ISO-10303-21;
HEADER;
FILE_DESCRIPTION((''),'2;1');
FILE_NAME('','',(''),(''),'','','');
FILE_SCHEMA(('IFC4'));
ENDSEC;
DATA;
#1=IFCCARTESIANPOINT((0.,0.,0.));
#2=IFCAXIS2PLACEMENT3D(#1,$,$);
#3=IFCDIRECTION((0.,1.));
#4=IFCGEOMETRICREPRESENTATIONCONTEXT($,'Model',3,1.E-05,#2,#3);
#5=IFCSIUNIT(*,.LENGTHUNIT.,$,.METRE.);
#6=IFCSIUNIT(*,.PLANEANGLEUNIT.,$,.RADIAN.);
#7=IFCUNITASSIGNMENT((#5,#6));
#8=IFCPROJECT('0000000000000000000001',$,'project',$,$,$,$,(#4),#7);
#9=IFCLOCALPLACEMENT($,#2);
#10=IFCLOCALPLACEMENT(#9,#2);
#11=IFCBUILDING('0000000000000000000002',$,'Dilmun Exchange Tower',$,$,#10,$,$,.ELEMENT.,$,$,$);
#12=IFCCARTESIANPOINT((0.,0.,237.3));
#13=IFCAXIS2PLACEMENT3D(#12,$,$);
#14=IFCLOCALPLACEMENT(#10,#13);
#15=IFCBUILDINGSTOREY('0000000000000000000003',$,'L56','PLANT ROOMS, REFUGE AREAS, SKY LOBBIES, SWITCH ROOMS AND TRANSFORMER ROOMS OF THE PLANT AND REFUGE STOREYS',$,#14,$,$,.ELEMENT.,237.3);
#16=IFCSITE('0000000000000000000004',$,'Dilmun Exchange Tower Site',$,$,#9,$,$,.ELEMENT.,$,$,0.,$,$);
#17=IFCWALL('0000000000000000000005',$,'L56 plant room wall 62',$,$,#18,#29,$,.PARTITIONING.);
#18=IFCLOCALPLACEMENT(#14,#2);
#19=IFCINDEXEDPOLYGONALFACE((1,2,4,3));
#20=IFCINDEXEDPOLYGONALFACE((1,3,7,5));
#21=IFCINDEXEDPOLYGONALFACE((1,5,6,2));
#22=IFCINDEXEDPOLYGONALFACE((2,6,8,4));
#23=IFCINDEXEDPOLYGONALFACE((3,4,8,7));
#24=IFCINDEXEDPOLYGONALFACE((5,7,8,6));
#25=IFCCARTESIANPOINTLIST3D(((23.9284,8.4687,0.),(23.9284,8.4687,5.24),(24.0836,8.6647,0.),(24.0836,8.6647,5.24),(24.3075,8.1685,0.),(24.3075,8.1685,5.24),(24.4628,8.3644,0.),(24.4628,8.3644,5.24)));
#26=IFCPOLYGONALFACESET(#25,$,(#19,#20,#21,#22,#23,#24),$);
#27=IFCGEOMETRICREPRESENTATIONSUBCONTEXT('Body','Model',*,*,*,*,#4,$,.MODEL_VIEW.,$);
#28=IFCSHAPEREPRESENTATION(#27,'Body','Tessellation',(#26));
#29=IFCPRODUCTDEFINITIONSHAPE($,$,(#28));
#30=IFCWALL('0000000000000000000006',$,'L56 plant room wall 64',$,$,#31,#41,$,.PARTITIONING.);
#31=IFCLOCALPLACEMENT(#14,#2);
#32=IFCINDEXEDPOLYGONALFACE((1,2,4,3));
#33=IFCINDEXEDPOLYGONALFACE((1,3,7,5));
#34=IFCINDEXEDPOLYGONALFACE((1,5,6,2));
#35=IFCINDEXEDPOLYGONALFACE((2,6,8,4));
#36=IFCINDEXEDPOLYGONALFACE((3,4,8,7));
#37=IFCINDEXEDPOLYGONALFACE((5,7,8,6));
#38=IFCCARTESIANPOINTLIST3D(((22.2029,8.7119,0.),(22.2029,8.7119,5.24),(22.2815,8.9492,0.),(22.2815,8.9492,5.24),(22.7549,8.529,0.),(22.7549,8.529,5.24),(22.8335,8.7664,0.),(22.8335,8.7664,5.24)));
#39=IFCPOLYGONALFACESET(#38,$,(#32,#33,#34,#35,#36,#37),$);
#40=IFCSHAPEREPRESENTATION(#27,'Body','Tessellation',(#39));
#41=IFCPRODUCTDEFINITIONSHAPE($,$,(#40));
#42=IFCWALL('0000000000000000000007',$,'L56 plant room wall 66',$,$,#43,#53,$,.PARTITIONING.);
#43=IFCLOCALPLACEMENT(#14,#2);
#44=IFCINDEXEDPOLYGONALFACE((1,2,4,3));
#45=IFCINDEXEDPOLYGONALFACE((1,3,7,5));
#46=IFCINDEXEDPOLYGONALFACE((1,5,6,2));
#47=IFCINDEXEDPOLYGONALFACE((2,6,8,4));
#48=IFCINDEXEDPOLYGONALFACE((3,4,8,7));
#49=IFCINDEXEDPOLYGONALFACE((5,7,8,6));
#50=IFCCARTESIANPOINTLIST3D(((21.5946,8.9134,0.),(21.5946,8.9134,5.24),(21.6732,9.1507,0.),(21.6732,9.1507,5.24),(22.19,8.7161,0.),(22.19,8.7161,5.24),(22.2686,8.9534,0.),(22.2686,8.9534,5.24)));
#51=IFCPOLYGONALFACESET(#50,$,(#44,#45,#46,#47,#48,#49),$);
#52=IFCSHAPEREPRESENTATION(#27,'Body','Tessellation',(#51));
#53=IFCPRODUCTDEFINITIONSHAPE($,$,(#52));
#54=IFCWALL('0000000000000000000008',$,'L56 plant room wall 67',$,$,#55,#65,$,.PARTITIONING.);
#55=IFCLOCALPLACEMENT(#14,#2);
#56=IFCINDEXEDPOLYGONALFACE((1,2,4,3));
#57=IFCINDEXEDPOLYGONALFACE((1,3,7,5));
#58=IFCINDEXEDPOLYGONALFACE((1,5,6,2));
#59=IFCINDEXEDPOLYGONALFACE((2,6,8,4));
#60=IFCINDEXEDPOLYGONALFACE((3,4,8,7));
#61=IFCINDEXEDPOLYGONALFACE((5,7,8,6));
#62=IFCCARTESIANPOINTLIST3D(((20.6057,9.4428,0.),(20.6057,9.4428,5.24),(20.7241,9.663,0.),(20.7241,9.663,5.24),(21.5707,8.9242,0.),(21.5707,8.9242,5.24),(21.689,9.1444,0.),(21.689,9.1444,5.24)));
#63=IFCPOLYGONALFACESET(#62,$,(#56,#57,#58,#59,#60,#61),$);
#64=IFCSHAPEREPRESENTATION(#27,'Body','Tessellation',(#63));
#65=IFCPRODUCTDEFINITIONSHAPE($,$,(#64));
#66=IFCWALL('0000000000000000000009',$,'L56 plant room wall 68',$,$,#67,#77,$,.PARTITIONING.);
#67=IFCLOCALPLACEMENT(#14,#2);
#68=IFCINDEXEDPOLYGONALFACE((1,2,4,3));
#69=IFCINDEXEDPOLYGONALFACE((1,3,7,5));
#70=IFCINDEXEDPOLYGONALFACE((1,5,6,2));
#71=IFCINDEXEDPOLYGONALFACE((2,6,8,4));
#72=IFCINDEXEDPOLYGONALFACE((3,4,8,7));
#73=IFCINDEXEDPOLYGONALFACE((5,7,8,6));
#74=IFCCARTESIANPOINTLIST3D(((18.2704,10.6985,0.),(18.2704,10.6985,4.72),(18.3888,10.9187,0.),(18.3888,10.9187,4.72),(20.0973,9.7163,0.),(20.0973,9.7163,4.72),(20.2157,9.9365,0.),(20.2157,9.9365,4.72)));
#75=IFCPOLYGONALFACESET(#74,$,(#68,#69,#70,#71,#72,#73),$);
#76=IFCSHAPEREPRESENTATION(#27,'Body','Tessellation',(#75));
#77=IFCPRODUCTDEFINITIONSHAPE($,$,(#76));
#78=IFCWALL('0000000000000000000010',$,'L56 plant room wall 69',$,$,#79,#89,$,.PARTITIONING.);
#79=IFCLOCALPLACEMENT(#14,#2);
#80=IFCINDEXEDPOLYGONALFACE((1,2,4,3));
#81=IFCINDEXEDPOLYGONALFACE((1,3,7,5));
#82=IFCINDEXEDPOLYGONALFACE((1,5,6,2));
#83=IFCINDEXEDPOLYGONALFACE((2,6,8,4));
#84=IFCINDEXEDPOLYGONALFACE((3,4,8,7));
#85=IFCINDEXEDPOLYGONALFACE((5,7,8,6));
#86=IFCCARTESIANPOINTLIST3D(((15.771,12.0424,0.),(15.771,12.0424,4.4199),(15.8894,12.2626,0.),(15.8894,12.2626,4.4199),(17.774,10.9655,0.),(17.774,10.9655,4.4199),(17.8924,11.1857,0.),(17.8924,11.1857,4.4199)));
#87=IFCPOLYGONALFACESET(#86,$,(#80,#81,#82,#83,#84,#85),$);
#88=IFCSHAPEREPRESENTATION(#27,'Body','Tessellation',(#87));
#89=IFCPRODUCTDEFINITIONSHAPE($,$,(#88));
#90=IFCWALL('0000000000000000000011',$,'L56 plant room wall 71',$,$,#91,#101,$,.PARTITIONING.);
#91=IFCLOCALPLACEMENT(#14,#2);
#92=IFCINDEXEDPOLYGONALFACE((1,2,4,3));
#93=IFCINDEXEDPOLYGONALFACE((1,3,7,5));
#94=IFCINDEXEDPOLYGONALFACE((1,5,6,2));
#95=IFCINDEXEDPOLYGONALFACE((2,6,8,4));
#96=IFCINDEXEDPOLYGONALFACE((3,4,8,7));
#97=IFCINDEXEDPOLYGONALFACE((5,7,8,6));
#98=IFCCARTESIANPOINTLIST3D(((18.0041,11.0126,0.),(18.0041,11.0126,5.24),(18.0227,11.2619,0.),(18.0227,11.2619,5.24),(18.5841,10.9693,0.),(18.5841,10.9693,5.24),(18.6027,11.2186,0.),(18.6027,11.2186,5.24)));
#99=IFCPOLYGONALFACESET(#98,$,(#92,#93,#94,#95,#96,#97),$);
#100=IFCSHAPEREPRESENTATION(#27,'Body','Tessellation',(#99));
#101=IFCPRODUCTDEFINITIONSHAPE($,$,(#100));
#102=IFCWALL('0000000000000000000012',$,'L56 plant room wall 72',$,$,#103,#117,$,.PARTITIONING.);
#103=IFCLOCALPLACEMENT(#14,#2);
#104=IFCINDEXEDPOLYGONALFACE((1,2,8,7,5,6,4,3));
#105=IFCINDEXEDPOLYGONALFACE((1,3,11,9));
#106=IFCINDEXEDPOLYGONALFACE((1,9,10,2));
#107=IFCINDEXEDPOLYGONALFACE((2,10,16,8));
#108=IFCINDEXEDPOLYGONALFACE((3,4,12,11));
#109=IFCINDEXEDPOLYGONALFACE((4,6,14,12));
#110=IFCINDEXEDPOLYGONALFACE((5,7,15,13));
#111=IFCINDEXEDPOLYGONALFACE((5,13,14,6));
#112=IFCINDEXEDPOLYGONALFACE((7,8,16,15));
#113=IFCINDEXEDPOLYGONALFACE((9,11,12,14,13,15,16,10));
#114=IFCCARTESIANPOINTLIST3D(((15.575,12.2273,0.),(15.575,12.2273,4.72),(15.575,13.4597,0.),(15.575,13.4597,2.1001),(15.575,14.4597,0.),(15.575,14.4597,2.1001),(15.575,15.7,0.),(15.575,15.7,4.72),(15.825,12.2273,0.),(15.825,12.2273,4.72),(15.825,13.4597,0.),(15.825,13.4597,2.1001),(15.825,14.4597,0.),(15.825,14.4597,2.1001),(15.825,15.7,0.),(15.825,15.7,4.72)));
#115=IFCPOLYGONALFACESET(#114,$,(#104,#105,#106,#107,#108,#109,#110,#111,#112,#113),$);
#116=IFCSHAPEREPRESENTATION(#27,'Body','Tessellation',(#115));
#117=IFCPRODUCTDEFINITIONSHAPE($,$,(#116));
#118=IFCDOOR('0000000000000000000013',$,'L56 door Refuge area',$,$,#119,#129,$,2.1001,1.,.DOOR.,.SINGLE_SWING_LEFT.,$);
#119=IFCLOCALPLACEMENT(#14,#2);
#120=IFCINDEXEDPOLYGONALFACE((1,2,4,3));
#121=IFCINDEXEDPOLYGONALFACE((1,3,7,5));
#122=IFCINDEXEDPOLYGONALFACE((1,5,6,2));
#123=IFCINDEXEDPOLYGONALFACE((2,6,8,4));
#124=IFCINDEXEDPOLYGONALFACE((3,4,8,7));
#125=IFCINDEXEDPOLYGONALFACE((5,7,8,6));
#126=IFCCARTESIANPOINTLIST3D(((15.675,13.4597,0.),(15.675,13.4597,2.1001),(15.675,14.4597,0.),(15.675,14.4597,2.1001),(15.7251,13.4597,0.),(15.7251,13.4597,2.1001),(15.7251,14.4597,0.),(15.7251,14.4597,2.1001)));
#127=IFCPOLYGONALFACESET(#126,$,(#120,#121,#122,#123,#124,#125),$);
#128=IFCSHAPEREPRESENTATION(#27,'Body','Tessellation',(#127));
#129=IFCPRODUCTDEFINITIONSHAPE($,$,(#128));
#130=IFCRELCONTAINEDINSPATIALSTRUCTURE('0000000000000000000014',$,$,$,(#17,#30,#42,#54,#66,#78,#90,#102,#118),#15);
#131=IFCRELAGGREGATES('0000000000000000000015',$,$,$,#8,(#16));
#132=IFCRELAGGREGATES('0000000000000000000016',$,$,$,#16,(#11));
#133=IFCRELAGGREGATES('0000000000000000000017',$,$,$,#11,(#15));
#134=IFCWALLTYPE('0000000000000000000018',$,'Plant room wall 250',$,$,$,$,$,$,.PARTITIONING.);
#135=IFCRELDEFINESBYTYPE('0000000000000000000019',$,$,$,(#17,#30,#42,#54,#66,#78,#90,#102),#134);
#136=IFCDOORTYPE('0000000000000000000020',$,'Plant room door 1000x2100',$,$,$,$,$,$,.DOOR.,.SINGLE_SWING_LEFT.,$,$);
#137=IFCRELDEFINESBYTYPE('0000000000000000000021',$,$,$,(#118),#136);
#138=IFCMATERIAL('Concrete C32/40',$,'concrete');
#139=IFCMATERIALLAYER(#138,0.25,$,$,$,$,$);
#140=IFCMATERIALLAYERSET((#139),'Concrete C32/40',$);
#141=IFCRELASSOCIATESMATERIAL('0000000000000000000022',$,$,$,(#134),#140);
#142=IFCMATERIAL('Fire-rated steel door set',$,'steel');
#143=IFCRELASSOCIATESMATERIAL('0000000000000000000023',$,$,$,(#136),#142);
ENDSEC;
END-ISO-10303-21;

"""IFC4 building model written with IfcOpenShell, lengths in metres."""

from ifc_helpers import new_model, si_unit, direction, frame, frame_2d, origin, place, context, subcontext, project, spatial, rectangle, extrude, material, layer, layer_set, type_object, element, fill, save


model = new_model("IFC4")

# Units and contexts
model_context = context("Model", 3, precision=1e-05, world=origin(), true_north=direction((0.0, 1.0)))
body_context = subcontext(model_context, "Body", "Model", "MODEL_VIEW")
ifc_project = project(units=[si_unit("LENGTHUNIT", "METRE"), si_unit("PLANEANGLEUNIT", "RADIAN")], contexts=[model_context])

# Site, building, storey
site_placement = place(None, origin())
site = spatial("IfcSite", under=ifc_project, at=site_placement, Name="Dilmun Exchange Tower Site", CompositionType="ELEMENT", RefElevation=0.0)
building_placement = place(site_placement, origin())
building = spatial("IfcBuilding", under=site, at=building_placement, Name="Dilmun Exchange Tower", CompositionType="ELEMENT")
storey_placement = place(building_placement, frame((0.0, 0.0, 237.3)))
storey = spatial("IfcBuildingStorey", under=building, at=storey_placement, Name="L56", Description="PLANT ROOMS, REFUGE AREAS, SKY LOBBIES, SWITCH ROOMS AND TRANSFORMER ROOMS OF THE PLANT AND REFUGE STOREYS", CompositionType="ELEMENT", Elevation=237.3)

# Walls
ifc_material_1 = material(Name="Concrete C32/40", Category="concrete")
ifc_layer = layer(ifc_material_1, 0.25)
ifc_layer_set = layer_set([ifc_layer], Name="Concrete C32/40")
wall_type = type_object("IfcWallType", Name="Plant room wall 250", PredefinedType="PARTITIONING", material=ifc_layer_set)
wall_1_placement = place(storey_placement, frame((24.0061, 8.5667, 0.0), z_axis=(0.0, 0.0, 1.0), x_axis=(0.783913, -0.620871, 0.0)))
element("IfcWall", 1, at=wall_1_placement, inside=storey, type_object=wall_type, Name="L56 plant room wall 62", PredefinedType="PARTITIONING", context=body_context, shape_type="SweptSolid", body=[
    extrude(rectangle(XDim=0.4836, YDim=0.25, at=frame_2d((0.2417, 0.0))), origin(), (0.0, 0.0, 1.0), 5.24),
])
wall_2_placement = place(storey_placement, frame((22.2422, 8.8306, 0.0), z_axis=(0.0, 0.0, 1.0), x_axis=(0.949269, -0.314464, 0.0)))
element("IfcWall", 2, at=wall_2_placement, inside=storey, type_object=wall_type, Name="L56 plant room wall 64", PredefinedType="PARTITIONING", context=body_context, shape_type="SweptSolid", body=[
    extrude(rectangle(XDim=0.5815, YDim=0.25, at=frame_2d((0.2908, 0.0))), origin(), (0.0, 0.0, 1.0), 5.24),
])
wall_3_placement = place(storey_placement, frame((21.634, 9.032, 0.0), z_axis=(0.0, 0.0, 1.0), x_axis=(0.949265, -0.314476, 0.0)))
element("IfcWall", 3, at=wall_3_placement, inside=storey, type_object=wall_type, Name="L56 plant room wall 66", PredefinedType="PARTITIONING", context=body_context, shape_type="SweptSolid", body=[
    extrude(rectangle(XDim=0.6272, YDim=0.25, at=frame_2d((0.3135, 0.0))), origin(), (0.0, 0.0, 1.0), 5.24),
])
wall_4_placement = place(storey_placement, frame((20.6648, 9.553, 0.0), z_axis=(0.0, 0.0, 1.0), x_axis=(0.880843, -0.473409, 0.0)))
element("IfcWall", 4, at=wall_4_placement, inside=storey, type_object=wall_type, Name="L56 plant room wall 67", PredefinedType="PARTITIONING", context=body_context, shape_type="SweptSolid", body=[
    extrude(rectangle(XDim=1.0955, YDim=0.25, at=frame_2d((0.5479, 0.0))), origin(), (0.0, 0.0, 1.0), 5.24),
])
wall_5_placement = place(storey_placement, frame((18.3296, 10.8086, 0.0), z_axis=(0.0, 0.0, 1.0), x_axis=(0.880781, -0.473524, 0.0)))
element("IfcWall", 5, at=wall_5_placement, inside=storey, type_object=wall_type, Name="L56 plant room wall 68", PredefinedType="PARTITIONING", context=body_context, shape_type="SweptSolid", body=[
    extrude(rectangle(XDim=2.0742, YDim=0.25, at=frame_2d((1.0371, 0.0))), origin(), (0.0, 0.0, 1.0), 4.72),
])
wall_6_placement = place(storey_placement, frame((15.8301, 12.1526, 0.0), z_axis=(0.0, 0.0, 1.0), x_axis=(0.880764, -0.473556, 0.0)))
element("IfcWall", 6, at=wall_6_placement, inside=storey, type_object=wall_type, Name="L56 plant room wall 69", PredefinedType="PARTITIONING", context=body_context, shape_type="SweptSolid", body=[
    extrude(rectangle(XDim=2.2742, YDim=0.25, at=frame_2d((1.1372, 0.0))), origin(), (0.0, 0.0, 1.0), 4.4199),
])
wall_7_placement = place(storey_placement, frame((18.0134, 11.1372, 0.0), z_axis=(0.0, 0.0, 1.0), x_axis=(0.997234, -0.07432, 0.0)))
element("IfcWall", 7, at=wall_7_placement, inside=storey, type_object=wall_type, Name="L56 plant room wall 71", PredefinedType="PARTITIONING", context=body_context, shape_type="SweptSolid", body=[
    extrude(rectangle(XDim=0.5815, YDim=0.25, at=frame_2d((0.2908, 0.0))), origin(), (0.0, 0.0, 1.0), 5.24),
])

# Wall, opening, door
wall_8_placement = place(storey_placement, frame((15.7, 12.2273, 0.0), z_axis=(0.0, 0.0, 1.0), x_axis=(0.0, 1.0, 0.0)))
wall_8 = element("IfcWall", 8, at=wall_8_placement, inside=storey, type_object=wall_type, Name="L56 plant room wall 72", PredefinedType="PARTITIONING", context=body_context, shape_type="SweptSolid", body=[
    extrude(rectangle(XDim=3.4727, YDim=0.25, at=frame_2d((1.7363, 0.0))), origin(), (0.0, 0.0, 1.0), 4.72),
])
opening_placement = place(wall_8_placement, frame((1.2324, 0.0, 0.0)))
opening = element("IfcOpeningElement", 9, at=opening_placement, cuts=wall_8, PredefinedType="OPENING", context=body_context, shape_type="SweptSolid", body=[
    extrude(rectangle(XDim=1.0, YDim=2.1001, at=frame_2d((0.5, 1.05))), frame((0.0, 0.135, 0.0), z_axis=(0.0, -1.0, 0.0), x_axis=(1.0, 0.0, 0.0)), (0.0, 0.0, 1.0), 0.27),
])
ifc_material_2 = material(Name="Fire-rated steel door set", Category="steel")
door_type = type_object("IfcDoorType", Name="Plant room door 1000x2100", OperationType="SINGLE_SWING_LEFT", PredefinedType="DOOR", material=ifc_material_2)
door_placement = place(opening_placement, origin())
door = element("IfcDoor", 10, at=door_placement, inside=storey, type_object=door_type, Name="L56 door Refuge area", OperationType="SINGLE_SWING_LEFT", OverallHeight=2.1001, OverallWidth=1.0, PredefinedType="DOOR", context=body_context, shape_type="SweptSolid", body=[
    extrude(rectangle(XDim=1.0, YDim=2.1001, at=frame_2d((0.5, 1.05))), frame((0.0, 0.0249, 0.0), z_axis=(0.0, -1.0, 0.0), x_axis=(1.0, 0.0, 0.0)), (0.0, 0.0, 1.0), 0.05),
])
fill(opening, door)

save(model, "model.ifc")
